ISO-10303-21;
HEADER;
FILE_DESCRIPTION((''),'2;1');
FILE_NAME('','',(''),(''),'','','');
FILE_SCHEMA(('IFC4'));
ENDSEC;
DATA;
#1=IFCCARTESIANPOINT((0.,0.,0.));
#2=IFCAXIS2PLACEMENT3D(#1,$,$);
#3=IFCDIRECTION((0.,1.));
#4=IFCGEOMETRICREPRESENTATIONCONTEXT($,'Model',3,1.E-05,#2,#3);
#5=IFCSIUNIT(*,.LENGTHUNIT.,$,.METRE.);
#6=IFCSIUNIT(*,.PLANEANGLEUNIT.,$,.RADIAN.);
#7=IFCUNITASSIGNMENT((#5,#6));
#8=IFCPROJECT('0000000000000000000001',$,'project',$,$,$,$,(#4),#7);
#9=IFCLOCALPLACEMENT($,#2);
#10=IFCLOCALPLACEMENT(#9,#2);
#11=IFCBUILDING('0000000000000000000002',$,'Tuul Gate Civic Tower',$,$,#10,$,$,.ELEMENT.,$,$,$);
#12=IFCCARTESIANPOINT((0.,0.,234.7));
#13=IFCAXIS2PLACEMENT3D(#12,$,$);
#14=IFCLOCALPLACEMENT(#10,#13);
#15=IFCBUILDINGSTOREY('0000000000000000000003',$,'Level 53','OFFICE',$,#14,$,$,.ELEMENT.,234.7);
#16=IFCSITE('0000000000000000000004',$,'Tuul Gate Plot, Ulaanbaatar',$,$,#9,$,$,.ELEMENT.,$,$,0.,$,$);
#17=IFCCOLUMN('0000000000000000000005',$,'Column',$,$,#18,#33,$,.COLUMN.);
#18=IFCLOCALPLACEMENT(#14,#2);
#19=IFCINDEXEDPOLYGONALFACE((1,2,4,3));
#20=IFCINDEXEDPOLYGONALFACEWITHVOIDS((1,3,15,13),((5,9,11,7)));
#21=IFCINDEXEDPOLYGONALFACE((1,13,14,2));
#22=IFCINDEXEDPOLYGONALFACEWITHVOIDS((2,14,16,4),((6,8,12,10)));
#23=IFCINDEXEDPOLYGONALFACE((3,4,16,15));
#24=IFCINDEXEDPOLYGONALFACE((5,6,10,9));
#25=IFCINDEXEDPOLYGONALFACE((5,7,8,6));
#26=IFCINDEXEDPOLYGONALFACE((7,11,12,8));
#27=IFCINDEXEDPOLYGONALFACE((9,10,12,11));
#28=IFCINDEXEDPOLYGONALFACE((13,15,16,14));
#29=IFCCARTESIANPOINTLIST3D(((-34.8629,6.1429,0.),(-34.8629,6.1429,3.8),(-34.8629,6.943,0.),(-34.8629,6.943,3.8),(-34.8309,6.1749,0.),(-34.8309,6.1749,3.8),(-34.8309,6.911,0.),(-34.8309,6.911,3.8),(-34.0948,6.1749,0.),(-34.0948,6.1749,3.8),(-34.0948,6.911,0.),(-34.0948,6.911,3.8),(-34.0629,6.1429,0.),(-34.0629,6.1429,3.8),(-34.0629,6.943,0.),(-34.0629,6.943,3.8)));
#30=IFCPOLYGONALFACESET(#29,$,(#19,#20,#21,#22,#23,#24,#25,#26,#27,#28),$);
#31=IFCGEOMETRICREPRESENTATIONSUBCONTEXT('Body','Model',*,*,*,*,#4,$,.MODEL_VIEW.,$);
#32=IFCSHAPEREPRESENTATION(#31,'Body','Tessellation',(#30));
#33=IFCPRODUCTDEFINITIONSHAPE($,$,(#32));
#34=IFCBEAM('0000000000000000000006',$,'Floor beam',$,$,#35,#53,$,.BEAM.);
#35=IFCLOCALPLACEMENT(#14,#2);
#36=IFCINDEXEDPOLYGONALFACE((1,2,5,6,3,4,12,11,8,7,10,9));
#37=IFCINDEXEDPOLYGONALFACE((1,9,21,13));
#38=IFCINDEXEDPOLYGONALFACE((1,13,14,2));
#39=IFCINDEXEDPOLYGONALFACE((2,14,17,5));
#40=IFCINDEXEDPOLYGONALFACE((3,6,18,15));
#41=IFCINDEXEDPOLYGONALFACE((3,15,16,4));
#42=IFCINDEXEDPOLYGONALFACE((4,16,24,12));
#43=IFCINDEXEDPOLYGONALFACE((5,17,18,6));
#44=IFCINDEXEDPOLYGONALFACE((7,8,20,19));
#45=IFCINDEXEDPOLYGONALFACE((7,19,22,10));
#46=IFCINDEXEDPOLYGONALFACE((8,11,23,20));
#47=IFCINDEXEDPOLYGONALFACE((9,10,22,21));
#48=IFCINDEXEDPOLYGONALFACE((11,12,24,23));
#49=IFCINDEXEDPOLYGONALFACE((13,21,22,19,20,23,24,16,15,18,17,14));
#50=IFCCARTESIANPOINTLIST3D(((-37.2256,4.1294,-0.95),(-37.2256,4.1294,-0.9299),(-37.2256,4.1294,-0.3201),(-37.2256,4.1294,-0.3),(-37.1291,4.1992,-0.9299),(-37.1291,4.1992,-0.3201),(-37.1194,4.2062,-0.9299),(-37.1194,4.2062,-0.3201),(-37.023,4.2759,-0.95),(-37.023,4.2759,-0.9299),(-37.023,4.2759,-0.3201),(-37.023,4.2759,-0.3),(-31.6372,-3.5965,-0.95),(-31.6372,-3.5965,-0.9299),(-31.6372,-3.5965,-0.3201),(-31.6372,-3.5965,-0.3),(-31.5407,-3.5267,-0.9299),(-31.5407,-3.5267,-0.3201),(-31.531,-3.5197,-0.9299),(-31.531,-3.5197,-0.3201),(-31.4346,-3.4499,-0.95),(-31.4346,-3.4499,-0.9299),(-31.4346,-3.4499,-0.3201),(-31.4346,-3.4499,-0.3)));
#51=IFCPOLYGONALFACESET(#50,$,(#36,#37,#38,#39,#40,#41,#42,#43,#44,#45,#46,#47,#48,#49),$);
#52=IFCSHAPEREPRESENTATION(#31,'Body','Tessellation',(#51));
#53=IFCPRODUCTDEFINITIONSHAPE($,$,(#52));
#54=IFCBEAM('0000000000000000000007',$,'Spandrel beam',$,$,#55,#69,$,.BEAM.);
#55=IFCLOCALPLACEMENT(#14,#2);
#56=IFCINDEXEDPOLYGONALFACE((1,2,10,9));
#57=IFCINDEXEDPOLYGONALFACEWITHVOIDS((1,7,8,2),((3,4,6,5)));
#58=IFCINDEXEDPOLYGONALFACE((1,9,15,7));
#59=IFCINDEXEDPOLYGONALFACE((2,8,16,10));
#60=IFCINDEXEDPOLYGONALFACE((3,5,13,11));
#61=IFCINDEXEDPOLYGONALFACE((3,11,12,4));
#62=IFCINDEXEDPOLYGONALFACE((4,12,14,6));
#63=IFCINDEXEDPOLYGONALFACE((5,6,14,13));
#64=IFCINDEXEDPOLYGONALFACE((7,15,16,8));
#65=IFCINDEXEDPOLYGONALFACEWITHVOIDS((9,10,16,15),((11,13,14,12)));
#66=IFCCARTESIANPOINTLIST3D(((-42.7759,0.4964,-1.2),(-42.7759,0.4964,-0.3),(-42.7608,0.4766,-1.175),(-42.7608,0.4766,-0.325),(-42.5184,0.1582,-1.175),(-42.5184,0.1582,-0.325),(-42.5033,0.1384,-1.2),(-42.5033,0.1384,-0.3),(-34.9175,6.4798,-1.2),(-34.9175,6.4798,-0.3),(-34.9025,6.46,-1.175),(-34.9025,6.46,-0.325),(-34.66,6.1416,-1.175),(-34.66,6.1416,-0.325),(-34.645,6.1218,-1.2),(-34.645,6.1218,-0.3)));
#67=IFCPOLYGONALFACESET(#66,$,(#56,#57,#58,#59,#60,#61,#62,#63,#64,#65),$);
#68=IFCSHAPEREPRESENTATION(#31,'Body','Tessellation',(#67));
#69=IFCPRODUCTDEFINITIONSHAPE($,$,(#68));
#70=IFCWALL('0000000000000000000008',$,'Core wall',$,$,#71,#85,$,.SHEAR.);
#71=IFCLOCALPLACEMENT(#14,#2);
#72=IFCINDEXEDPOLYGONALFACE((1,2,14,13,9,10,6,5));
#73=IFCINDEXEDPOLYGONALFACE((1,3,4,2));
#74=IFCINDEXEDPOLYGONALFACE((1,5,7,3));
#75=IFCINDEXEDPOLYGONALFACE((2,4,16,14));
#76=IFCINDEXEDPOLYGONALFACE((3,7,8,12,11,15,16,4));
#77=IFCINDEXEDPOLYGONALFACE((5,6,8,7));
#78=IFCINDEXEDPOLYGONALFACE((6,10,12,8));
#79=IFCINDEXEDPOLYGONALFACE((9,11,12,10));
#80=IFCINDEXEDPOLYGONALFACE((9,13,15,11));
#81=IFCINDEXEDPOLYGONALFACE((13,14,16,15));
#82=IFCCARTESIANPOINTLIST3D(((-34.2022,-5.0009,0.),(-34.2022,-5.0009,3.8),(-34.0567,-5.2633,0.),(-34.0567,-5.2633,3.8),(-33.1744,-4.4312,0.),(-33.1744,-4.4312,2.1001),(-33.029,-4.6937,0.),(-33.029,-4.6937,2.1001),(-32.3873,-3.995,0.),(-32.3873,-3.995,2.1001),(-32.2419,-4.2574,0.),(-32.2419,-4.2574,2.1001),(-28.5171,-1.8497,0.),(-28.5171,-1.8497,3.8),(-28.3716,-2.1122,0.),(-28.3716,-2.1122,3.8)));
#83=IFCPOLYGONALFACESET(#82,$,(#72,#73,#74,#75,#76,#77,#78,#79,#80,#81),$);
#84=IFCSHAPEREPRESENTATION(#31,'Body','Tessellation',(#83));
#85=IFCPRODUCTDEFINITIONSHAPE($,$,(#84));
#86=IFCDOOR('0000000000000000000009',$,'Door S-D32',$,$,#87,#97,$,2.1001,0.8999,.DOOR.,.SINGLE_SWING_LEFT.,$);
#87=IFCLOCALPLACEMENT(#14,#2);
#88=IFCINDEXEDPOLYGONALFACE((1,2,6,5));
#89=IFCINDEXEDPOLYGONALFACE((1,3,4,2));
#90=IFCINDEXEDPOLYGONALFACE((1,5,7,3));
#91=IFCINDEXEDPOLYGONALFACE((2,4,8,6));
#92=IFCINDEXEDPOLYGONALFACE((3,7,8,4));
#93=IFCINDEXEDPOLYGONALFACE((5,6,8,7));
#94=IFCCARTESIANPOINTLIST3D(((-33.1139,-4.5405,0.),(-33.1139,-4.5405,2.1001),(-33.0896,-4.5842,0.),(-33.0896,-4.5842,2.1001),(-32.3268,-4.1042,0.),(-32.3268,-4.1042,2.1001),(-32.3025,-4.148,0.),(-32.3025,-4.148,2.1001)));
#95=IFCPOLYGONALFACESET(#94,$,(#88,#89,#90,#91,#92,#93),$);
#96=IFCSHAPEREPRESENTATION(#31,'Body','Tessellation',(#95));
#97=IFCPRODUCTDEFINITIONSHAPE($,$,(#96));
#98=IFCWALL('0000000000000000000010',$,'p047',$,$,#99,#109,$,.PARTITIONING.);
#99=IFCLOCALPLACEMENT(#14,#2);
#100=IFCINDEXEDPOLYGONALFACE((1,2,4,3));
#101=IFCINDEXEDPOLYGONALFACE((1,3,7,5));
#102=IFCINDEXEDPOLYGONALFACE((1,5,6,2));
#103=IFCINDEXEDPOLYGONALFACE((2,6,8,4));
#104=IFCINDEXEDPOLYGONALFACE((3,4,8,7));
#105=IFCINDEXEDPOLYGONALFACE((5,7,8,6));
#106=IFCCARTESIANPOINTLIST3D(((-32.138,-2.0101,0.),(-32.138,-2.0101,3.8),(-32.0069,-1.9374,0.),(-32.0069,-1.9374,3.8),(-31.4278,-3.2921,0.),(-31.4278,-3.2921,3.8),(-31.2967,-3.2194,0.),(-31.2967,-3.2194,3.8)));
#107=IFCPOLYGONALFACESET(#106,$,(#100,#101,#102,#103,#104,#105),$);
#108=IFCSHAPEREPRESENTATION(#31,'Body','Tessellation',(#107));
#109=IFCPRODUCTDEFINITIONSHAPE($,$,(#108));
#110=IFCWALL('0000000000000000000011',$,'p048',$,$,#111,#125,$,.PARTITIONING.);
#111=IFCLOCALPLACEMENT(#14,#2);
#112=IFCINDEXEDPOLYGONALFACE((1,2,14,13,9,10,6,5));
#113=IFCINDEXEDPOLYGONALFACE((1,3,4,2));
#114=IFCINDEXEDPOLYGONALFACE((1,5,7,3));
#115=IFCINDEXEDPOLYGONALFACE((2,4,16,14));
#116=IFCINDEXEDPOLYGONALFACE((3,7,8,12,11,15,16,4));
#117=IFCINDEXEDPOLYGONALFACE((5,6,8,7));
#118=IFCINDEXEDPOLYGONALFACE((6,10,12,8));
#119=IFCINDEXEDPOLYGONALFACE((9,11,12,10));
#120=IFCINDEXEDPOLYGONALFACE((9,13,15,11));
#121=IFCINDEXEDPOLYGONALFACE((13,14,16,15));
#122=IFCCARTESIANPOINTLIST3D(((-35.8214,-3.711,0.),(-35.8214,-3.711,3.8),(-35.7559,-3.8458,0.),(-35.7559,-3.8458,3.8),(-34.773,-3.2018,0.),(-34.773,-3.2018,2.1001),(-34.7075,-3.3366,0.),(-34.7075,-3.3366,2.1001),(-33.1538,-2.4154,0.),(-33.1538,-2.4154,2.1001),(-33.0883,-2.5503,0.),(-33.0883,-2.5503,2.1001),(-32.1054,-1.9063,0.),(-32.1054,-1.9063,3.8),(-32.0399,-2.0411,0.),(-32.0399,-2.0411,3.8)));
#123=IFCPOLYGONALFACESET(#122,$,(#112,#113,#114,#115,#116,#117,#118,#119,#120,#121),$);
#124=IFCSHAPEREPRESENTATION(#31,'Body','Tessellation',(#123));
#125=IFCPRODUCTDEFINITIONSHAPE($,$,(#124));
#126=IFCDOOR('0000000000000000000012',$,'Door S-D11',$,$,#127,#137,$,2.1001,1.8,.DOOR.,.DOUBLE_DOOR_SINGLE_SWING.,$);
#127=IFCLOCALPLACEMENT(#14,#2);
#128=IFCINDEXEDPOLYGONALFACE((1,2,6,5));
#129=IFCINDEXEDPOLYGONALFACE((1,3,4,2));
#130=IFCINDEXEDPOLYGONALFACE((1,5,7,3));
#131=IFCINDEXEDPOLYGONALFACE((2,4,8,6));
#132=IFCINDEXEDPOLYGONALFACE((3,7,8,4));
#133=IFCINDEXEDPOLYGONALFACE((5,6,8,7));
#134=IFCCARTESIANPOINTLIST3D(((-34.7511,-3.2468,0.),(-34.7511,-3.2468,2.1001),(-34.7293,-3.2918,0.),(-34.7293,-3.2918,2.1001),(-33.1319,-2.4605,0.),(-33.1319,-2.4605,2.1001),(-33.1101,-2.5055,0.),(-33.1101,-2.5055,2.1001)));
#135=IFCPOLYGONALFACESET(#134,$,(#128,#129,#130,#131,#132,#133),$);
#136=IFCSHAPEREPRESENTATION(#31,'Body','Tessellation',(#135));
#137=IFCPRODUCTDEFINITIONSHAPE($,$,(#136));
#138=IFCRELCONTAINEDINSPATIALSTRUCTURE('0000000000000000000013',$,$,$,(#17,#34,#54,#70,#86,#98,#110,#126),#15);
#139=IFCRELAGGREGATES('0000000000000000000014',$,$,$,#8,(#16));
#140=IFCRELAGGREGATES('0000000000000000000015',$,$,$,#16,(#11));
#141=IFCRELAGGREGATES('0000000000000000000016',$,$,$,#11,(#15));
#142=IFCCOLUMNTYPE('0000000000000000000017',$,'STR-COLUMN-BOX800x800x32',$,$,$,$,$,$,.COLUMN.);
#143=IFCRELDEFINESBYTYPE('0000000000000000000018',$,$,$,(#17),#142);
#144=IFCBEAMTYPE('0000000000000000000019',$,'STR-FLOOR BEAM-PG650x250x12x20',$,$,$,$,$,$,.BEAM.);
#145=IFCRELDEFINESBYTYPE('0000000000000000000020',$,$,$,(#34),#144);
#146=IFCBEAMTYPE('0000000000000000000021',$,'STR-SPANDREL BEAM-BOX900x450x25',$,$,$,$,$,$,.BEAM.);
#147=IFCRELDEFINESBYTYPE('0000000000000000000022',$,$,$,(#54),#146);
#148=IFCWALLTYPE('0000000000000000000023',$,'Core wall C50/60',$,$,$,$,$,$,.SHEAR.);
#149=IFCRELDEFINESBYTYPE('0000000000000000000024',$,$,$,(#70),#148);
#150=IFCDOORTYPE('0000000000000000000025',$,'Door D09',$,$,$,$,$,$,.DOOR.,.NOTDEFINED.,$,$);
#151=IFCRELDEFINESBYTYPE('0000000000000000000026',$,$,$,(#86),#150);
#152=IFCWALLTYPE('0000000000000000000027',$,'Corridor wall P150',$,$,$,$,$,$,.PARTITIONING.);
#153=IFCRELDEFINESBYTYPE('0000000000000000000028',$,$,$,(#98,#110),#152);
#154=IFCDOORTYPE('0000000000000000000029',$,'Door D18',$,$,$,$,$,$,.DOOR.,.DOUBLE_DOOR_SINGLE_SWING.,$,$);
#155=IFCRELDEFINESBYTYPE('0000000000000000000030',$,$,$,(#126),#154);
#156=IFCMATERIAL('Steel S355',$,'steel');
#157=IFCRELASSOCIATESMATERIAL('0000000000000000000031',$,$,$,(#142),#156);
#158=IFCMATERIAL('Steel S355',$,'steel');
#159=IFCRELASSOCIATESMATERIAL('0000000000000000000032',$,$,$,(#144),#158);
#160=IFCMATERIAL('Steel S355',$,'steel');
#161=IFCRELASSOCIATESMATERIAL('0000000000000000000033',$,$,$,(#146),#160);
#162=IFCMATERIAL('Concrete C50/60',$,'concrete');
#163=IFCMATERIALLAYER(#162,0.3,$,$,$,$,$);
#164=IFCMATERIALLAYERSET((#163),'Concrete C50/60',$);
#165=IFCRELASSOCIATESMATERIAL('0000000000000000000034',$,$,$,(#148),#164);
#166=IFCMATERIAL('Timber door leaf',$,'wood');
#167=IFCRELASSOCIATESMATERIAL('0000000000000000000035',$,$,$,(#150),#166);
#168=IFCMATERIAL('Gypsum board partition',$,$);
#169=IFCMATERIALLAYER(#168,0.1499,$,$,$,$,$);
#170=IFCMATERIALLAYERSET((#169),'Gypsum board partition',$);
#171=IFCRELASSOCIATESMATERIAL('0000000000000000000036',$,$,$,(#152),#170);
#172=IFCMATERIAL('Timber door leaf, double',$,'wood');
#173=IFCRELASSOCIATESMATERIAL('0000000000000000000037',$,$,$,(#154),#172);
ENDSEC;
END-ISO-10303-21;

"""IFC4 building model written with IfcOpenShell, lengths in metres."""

from ifc_helpers import new_model, si_unit, direction, frame, frame_2d, origin, origin_2d, place, context, subcontext, project, spatial, rectangle, hollow_rectangle, i_section, extrude, material, layer, layer_set, material_profile, profile_set, type_object, element, fill, save


model = new_model("IFC4")

# Units and contexts
model_context = context("Model", 3, precision=1e-05, world=origin(), true_north=direction((0.0, 1.0)))
body_context = subcontext(model_context, "Body", "Model", "MODEL_VIEW")
ifc_project = project(units=[si_unit("LENGTHUNIT", "METRE"), si_unit("PLANEANGLEUNIT", "RADIAN")], contexts=[model_context])

# Site, building, storey
site_placement = place(None, origin())
site = spatial("IfcSite", under=ifc_project, at=site_placement, Name="Tuul Gate Plot, Ulaanbaatar", CompositionType="ELEMENT", RefElevation=0.0)
building_placement = place(site_placement, origin())
building = spatial("IfcBuilding", under=site, at=building_placement, Name="Tuul Gate Civic Tower", CompositionType="ELEMENT")
storey_placement = place(building_placement, frame((0.0, 0.0, 234.7)))
storey = spatial("IfcBuildingStorey", under=building, at=storey_placement, Name="Level 53", Description="OFFICE", CompositionType="ELEMENT", Elevation=234.7)

# Column
ifc_material_1 = material(Name="Steel S355", Category="steel")
ifc_material_profile_1 = material_profile(ifc_material_1, hollow_rectangle(XDim=0.8, YDim=0.8, WallThickness=0.032, at=origin_2d()), Name="BOX800x800x32")
ifc_profile_set_1 = profile_set([ifc_material_profile_1], Name="Steel S355")
column_type = type_object("IfcColumnType", Name="STR-COLUMN-BOX800x800x32", PredefinedType="COLUMN", material=ifc_profile_set_1)
column_placement = place(storey_placement, frame((-34.4629, 6.543, 0.0), z_axis=(0.0, 0.0, 1.0), x_axis=(1.0, 0.0, 0.0)))
element("IfcColumn", 1, at=column_placement, inside=storey, type_object=column_type, Name="Column", PredefinedType="COLUMN", context=body_context, shape_type="SweptSolid", body=[
    extrude(hollow_rectangle(XDim=0.8, YDim=0.8, WallThickness=0.032, at=origin_2d()), origin(), (0.0, 0.0, 1.0), 3.8),
])

# Beams
ifc_material_2 = material(Name="Steel S355", Category="steel")
ifc_material_profile_2 = material_profile(ifc_material_2, i_section(OverallWidth=0.25, OverallDepth=0.6499, WebThickness=0.012, FlangeThickness=0.02, at=origin_2d()), Name="PG650x250x12x20")
ifc_profile_set_2 = profile_set([ifc_material_profile_2], Name="Steel S355")
beam_type_1 = type_object("IfcBeamType", Name="STR-FLOOR BEAM-PG650x250x12x20", PredefinedType="BEAM", material=ifc_profile_set_2)
beam_1_placement = place(storey_placement, frame((-31.5359, -3.5232, -0.625), z_axis=(-0.586084, 0.81025, 0.0), x_axis=(-0.81025, -0.586084, 0.0)))
element("IfcBeam", 2, at=beam_1_placement, inside=storey, type_object=beam_type_1, Name="Floor beam", PredefinedType="BEAM", context=body_context, shape_type="SweptSolid", body=[
    extrude(i_section(OverallWidth=0.25, OverallDepth=0.6499, WebThickness=0.012, FlangeThickness=0.02, at=origin_2d()), origin(), (0.0, 0.0, 1.0), 9.5352),
])
ifc_material_3 = material(Name="Steel S355", Category="steel")
ifc_material_profile_3 = material_profile(ifc_material_3, hollow_rectangle(XDim=0.45, YDim=0.8999, WallThickness=0.0249, at=origin_2d()), Name="BOX900x450x25")
ifc_profile_set_3 = profile_set([ifc_material_profile_3], Name="Steel S355")
beam_type_2 = type_object("IfcBeamType", Name="STR-SPANDREL BEAM-BOX900x450x25", PredefinedType="BEAM", material=ifc_profile_set_3)
beam_2_placement = place(storey_placement, frame((-34.7812, 6.3008, -0.75), z_axis=(-0.795625, -0.60579, 0.0), x_axis=(0.60579, -0.795625, 0.0)))
element("IfcBeam", 3, at=beam_2_placement, inside=storey, type_object=beam_type_2, Name="Spandrel beam", PredefinedType="BEAM", context=body_context, shape_type="SweptSolid", body=[
    extrude(hollow_rectangle(XDim=0.45, YDim=0.8999, WallThickness=0.0249, at=origin_2d()), origin(), (0.0, 0.0, 1.0), 9.877),
])

# Wall, opening, door
ifc_material_4 = material(Name="Concrete C50/60", Category="concrete")
ifc_layer_1 = layer(ifc_material_4, 0.3)
ifc_layer_set_1 = layer_set([ifc_layer_1], Name="Concrete C50/60")
wall_type_1 = type_object("IfcWallType", Name="Core wall C50/60", PredefinedType="SHEAR", material=ifc_layer_set_1)
wall_1_placement = place(storey_placement, frame((-28.4443, -1.981, 0.0), z_axis=(0.0, 0.0, 1.0), x_axis=(-0.87463, -0.484791, 0.0)))
wall_1 = element("IfcWall", 4, at=wall_1_placement, inside=storey, type_object=wall_type_1, Name="Core wall", PredefinedType="SHEAR", context=body_context, shape_type="SweptSolid", body=[
    extrude(rectangle(XDim=6.5, YDim=0.3, at=frame_2d((3.25, 0.0))), origin(), (0.0, 0.0, 1.0), 3.8),
])
opening_1_placement = place(wall_1_placement, frame((4.425, 0.0, 0.0)))
opening_1 = element("IfcOpeningElement", 5, at=opening_1_placement, cuts=wall_1, PredefinedType="OPENING", context=body_context, shape_type="SweptSolid", body=[
    extrude(rectangle(XDim=0.8999, YDim=2.1001, at=frame_2d((0.45, 1.05))), frame((0.0, 0.1602, 0.0), z_axis=(0.0, -1.0, 0.0), x_axis=(1.0, 0.0, 0.0)), (0.0, 0.0, 1.0), 0.3201),
])
ifc_material_5 = material(Name="Timber door leaf", Category="wood")
door_type_1 = type_object("IfcDoorType", Name="Door D09", OperationType="NOTDEFINED", PredefinedType="DOOR", material=ifc_material_5)
door_1_placement = place(opening_1_placement, origin())
door_1 = element("IfcDoor", 6, at=door_1_placement, inside=storey, type_object=door_type_1, Name="Door S-D32", OperationType="SINGLE_SWING_LEFT", OverallHeight=2.1001, OverallWidth=0.8999, PredefinedType="DOOR", context=body_context, shape_type="SweptSolid", body=[
    extrude(rectangle(XDim=0.8999, YDim=2.1001, at=frame_2d((0.45, 1.05))), frame((0.0, 0.0249, 0.0), z_axis=(0.0, -1.0, 0.0), x_axis=(1.0, 0.0, 0.0)), (0.0, 0.0, 1.0), 0.05),
])
fill(opening_1, door_1)

# Wall
ifc_material_6 = material(Name="Gypsum board partition")
ifc_layer_2 = layer(ifc_material_6, 0.1499)
ifc_layer_set_2 = layer_set([ifc_layer_2], Name="Gypsum board partition")
wall_type_2 = type_object("IfcWallType", Name="Corridor wall P150", PredefinedType="PARTITIONING", material=ifc_layer_set_2)
wall_2_placement = place(storey_placement, frame((-32.0725, -1.9736, 0.0), z_axis=(0.0, 0.0, 1.0), x_axis=(0.484596, -0.874738, 0.0)))
element("IfcWall", 7, at=wall_2_placement, inside=storey, type_object=wall_type_2, Name="p047", PredefinedType="PARTITIONING", context=body_context, shape_type="SweptSolid", body=[
    extrude(rectangle(XDim=1.4656, YDim=0.1499, at=frame_2d((0.7329, 0.0))), origin(), (0.0, 0.0, 1.0), 3.8),
])

# Wall, opening, door
wall_3_placement = place(storey_placement, frame((-35.7886, -3.7783, 0.0), z_axis=(0.0, 0.0, 1.0), x_axis=(0.899533, 0.436853, 0.0)))
wall_3 = element("IfcWall", 8, at=wall_3_placement, inside=storey, type_object=wall_type_2, Name="p048", PredefinedType="PARTITIONING", context=body_context, shape_type="SweptSolid", body=[
    extrude(rectangle(XDim=4.1311, YDim=0.1499, at=frame_2d((2.0654, 0.0))), origin(), (0.0, 0.0, 1.0), 3.8),
])
opening_2_placement = place(wall_3_placement, frame((1.1655, 0.0, 0.0)))
opening_2 = element("IfcOpeningElement", 9, at=opening_2_placement, cuts=wall_3, PredefinedType="OPENING", context=body_context, shape_type="SweptSolid", body=[
    extrude(rectangle(XDim=1.8, YDim=2.1001, at=frame_2d((0.8999, 1.05))), frame((0.0, 0.085, 0.0), z_axis=(0.0, -1.0, 0.0), x_axis=(1.0, 0.0, 0.0)), (0.0, 0.0, 1.0), 0.1699),
])
ifc_material_7 = material(Name="Timber door leaf, double", Category="wood")
door_type_2 = type_object("IfcDoorType", Name="Door D18", OperationType="DOUBLE_DOOR_SINGLE_SWING", PredefinedType="DOOR", material=ifc_material_7)
door_2_placement = place(opening_2_placement, origin())
door_2 = element("IfcDoor", 10, at=door_2_placement, inside=storey, type_object=door_type_2, Name="Door S-D11", OperationType="DOUBLE_DOOR_SINGLE_SWING", OverallHeight=2.1001, OverallWidth=1.8, PredefinedType="DOOR", context=body_context, shape_type="SweptSolid", body=[
    extrude(rectangle(XDim=1.8, YDim=2.1001, at=frame_2d((0.8999, 1.05))), frame((0.0, 0.0249, 0.0), z_axis=(0.0, -1.0, 0.0), x_axis=(1.0, 0.0, 0.0)), (0.0, 0.0, 1.0), 0.05),
])
fill(opening_2, door_2)

save(model, "model.ifc")
